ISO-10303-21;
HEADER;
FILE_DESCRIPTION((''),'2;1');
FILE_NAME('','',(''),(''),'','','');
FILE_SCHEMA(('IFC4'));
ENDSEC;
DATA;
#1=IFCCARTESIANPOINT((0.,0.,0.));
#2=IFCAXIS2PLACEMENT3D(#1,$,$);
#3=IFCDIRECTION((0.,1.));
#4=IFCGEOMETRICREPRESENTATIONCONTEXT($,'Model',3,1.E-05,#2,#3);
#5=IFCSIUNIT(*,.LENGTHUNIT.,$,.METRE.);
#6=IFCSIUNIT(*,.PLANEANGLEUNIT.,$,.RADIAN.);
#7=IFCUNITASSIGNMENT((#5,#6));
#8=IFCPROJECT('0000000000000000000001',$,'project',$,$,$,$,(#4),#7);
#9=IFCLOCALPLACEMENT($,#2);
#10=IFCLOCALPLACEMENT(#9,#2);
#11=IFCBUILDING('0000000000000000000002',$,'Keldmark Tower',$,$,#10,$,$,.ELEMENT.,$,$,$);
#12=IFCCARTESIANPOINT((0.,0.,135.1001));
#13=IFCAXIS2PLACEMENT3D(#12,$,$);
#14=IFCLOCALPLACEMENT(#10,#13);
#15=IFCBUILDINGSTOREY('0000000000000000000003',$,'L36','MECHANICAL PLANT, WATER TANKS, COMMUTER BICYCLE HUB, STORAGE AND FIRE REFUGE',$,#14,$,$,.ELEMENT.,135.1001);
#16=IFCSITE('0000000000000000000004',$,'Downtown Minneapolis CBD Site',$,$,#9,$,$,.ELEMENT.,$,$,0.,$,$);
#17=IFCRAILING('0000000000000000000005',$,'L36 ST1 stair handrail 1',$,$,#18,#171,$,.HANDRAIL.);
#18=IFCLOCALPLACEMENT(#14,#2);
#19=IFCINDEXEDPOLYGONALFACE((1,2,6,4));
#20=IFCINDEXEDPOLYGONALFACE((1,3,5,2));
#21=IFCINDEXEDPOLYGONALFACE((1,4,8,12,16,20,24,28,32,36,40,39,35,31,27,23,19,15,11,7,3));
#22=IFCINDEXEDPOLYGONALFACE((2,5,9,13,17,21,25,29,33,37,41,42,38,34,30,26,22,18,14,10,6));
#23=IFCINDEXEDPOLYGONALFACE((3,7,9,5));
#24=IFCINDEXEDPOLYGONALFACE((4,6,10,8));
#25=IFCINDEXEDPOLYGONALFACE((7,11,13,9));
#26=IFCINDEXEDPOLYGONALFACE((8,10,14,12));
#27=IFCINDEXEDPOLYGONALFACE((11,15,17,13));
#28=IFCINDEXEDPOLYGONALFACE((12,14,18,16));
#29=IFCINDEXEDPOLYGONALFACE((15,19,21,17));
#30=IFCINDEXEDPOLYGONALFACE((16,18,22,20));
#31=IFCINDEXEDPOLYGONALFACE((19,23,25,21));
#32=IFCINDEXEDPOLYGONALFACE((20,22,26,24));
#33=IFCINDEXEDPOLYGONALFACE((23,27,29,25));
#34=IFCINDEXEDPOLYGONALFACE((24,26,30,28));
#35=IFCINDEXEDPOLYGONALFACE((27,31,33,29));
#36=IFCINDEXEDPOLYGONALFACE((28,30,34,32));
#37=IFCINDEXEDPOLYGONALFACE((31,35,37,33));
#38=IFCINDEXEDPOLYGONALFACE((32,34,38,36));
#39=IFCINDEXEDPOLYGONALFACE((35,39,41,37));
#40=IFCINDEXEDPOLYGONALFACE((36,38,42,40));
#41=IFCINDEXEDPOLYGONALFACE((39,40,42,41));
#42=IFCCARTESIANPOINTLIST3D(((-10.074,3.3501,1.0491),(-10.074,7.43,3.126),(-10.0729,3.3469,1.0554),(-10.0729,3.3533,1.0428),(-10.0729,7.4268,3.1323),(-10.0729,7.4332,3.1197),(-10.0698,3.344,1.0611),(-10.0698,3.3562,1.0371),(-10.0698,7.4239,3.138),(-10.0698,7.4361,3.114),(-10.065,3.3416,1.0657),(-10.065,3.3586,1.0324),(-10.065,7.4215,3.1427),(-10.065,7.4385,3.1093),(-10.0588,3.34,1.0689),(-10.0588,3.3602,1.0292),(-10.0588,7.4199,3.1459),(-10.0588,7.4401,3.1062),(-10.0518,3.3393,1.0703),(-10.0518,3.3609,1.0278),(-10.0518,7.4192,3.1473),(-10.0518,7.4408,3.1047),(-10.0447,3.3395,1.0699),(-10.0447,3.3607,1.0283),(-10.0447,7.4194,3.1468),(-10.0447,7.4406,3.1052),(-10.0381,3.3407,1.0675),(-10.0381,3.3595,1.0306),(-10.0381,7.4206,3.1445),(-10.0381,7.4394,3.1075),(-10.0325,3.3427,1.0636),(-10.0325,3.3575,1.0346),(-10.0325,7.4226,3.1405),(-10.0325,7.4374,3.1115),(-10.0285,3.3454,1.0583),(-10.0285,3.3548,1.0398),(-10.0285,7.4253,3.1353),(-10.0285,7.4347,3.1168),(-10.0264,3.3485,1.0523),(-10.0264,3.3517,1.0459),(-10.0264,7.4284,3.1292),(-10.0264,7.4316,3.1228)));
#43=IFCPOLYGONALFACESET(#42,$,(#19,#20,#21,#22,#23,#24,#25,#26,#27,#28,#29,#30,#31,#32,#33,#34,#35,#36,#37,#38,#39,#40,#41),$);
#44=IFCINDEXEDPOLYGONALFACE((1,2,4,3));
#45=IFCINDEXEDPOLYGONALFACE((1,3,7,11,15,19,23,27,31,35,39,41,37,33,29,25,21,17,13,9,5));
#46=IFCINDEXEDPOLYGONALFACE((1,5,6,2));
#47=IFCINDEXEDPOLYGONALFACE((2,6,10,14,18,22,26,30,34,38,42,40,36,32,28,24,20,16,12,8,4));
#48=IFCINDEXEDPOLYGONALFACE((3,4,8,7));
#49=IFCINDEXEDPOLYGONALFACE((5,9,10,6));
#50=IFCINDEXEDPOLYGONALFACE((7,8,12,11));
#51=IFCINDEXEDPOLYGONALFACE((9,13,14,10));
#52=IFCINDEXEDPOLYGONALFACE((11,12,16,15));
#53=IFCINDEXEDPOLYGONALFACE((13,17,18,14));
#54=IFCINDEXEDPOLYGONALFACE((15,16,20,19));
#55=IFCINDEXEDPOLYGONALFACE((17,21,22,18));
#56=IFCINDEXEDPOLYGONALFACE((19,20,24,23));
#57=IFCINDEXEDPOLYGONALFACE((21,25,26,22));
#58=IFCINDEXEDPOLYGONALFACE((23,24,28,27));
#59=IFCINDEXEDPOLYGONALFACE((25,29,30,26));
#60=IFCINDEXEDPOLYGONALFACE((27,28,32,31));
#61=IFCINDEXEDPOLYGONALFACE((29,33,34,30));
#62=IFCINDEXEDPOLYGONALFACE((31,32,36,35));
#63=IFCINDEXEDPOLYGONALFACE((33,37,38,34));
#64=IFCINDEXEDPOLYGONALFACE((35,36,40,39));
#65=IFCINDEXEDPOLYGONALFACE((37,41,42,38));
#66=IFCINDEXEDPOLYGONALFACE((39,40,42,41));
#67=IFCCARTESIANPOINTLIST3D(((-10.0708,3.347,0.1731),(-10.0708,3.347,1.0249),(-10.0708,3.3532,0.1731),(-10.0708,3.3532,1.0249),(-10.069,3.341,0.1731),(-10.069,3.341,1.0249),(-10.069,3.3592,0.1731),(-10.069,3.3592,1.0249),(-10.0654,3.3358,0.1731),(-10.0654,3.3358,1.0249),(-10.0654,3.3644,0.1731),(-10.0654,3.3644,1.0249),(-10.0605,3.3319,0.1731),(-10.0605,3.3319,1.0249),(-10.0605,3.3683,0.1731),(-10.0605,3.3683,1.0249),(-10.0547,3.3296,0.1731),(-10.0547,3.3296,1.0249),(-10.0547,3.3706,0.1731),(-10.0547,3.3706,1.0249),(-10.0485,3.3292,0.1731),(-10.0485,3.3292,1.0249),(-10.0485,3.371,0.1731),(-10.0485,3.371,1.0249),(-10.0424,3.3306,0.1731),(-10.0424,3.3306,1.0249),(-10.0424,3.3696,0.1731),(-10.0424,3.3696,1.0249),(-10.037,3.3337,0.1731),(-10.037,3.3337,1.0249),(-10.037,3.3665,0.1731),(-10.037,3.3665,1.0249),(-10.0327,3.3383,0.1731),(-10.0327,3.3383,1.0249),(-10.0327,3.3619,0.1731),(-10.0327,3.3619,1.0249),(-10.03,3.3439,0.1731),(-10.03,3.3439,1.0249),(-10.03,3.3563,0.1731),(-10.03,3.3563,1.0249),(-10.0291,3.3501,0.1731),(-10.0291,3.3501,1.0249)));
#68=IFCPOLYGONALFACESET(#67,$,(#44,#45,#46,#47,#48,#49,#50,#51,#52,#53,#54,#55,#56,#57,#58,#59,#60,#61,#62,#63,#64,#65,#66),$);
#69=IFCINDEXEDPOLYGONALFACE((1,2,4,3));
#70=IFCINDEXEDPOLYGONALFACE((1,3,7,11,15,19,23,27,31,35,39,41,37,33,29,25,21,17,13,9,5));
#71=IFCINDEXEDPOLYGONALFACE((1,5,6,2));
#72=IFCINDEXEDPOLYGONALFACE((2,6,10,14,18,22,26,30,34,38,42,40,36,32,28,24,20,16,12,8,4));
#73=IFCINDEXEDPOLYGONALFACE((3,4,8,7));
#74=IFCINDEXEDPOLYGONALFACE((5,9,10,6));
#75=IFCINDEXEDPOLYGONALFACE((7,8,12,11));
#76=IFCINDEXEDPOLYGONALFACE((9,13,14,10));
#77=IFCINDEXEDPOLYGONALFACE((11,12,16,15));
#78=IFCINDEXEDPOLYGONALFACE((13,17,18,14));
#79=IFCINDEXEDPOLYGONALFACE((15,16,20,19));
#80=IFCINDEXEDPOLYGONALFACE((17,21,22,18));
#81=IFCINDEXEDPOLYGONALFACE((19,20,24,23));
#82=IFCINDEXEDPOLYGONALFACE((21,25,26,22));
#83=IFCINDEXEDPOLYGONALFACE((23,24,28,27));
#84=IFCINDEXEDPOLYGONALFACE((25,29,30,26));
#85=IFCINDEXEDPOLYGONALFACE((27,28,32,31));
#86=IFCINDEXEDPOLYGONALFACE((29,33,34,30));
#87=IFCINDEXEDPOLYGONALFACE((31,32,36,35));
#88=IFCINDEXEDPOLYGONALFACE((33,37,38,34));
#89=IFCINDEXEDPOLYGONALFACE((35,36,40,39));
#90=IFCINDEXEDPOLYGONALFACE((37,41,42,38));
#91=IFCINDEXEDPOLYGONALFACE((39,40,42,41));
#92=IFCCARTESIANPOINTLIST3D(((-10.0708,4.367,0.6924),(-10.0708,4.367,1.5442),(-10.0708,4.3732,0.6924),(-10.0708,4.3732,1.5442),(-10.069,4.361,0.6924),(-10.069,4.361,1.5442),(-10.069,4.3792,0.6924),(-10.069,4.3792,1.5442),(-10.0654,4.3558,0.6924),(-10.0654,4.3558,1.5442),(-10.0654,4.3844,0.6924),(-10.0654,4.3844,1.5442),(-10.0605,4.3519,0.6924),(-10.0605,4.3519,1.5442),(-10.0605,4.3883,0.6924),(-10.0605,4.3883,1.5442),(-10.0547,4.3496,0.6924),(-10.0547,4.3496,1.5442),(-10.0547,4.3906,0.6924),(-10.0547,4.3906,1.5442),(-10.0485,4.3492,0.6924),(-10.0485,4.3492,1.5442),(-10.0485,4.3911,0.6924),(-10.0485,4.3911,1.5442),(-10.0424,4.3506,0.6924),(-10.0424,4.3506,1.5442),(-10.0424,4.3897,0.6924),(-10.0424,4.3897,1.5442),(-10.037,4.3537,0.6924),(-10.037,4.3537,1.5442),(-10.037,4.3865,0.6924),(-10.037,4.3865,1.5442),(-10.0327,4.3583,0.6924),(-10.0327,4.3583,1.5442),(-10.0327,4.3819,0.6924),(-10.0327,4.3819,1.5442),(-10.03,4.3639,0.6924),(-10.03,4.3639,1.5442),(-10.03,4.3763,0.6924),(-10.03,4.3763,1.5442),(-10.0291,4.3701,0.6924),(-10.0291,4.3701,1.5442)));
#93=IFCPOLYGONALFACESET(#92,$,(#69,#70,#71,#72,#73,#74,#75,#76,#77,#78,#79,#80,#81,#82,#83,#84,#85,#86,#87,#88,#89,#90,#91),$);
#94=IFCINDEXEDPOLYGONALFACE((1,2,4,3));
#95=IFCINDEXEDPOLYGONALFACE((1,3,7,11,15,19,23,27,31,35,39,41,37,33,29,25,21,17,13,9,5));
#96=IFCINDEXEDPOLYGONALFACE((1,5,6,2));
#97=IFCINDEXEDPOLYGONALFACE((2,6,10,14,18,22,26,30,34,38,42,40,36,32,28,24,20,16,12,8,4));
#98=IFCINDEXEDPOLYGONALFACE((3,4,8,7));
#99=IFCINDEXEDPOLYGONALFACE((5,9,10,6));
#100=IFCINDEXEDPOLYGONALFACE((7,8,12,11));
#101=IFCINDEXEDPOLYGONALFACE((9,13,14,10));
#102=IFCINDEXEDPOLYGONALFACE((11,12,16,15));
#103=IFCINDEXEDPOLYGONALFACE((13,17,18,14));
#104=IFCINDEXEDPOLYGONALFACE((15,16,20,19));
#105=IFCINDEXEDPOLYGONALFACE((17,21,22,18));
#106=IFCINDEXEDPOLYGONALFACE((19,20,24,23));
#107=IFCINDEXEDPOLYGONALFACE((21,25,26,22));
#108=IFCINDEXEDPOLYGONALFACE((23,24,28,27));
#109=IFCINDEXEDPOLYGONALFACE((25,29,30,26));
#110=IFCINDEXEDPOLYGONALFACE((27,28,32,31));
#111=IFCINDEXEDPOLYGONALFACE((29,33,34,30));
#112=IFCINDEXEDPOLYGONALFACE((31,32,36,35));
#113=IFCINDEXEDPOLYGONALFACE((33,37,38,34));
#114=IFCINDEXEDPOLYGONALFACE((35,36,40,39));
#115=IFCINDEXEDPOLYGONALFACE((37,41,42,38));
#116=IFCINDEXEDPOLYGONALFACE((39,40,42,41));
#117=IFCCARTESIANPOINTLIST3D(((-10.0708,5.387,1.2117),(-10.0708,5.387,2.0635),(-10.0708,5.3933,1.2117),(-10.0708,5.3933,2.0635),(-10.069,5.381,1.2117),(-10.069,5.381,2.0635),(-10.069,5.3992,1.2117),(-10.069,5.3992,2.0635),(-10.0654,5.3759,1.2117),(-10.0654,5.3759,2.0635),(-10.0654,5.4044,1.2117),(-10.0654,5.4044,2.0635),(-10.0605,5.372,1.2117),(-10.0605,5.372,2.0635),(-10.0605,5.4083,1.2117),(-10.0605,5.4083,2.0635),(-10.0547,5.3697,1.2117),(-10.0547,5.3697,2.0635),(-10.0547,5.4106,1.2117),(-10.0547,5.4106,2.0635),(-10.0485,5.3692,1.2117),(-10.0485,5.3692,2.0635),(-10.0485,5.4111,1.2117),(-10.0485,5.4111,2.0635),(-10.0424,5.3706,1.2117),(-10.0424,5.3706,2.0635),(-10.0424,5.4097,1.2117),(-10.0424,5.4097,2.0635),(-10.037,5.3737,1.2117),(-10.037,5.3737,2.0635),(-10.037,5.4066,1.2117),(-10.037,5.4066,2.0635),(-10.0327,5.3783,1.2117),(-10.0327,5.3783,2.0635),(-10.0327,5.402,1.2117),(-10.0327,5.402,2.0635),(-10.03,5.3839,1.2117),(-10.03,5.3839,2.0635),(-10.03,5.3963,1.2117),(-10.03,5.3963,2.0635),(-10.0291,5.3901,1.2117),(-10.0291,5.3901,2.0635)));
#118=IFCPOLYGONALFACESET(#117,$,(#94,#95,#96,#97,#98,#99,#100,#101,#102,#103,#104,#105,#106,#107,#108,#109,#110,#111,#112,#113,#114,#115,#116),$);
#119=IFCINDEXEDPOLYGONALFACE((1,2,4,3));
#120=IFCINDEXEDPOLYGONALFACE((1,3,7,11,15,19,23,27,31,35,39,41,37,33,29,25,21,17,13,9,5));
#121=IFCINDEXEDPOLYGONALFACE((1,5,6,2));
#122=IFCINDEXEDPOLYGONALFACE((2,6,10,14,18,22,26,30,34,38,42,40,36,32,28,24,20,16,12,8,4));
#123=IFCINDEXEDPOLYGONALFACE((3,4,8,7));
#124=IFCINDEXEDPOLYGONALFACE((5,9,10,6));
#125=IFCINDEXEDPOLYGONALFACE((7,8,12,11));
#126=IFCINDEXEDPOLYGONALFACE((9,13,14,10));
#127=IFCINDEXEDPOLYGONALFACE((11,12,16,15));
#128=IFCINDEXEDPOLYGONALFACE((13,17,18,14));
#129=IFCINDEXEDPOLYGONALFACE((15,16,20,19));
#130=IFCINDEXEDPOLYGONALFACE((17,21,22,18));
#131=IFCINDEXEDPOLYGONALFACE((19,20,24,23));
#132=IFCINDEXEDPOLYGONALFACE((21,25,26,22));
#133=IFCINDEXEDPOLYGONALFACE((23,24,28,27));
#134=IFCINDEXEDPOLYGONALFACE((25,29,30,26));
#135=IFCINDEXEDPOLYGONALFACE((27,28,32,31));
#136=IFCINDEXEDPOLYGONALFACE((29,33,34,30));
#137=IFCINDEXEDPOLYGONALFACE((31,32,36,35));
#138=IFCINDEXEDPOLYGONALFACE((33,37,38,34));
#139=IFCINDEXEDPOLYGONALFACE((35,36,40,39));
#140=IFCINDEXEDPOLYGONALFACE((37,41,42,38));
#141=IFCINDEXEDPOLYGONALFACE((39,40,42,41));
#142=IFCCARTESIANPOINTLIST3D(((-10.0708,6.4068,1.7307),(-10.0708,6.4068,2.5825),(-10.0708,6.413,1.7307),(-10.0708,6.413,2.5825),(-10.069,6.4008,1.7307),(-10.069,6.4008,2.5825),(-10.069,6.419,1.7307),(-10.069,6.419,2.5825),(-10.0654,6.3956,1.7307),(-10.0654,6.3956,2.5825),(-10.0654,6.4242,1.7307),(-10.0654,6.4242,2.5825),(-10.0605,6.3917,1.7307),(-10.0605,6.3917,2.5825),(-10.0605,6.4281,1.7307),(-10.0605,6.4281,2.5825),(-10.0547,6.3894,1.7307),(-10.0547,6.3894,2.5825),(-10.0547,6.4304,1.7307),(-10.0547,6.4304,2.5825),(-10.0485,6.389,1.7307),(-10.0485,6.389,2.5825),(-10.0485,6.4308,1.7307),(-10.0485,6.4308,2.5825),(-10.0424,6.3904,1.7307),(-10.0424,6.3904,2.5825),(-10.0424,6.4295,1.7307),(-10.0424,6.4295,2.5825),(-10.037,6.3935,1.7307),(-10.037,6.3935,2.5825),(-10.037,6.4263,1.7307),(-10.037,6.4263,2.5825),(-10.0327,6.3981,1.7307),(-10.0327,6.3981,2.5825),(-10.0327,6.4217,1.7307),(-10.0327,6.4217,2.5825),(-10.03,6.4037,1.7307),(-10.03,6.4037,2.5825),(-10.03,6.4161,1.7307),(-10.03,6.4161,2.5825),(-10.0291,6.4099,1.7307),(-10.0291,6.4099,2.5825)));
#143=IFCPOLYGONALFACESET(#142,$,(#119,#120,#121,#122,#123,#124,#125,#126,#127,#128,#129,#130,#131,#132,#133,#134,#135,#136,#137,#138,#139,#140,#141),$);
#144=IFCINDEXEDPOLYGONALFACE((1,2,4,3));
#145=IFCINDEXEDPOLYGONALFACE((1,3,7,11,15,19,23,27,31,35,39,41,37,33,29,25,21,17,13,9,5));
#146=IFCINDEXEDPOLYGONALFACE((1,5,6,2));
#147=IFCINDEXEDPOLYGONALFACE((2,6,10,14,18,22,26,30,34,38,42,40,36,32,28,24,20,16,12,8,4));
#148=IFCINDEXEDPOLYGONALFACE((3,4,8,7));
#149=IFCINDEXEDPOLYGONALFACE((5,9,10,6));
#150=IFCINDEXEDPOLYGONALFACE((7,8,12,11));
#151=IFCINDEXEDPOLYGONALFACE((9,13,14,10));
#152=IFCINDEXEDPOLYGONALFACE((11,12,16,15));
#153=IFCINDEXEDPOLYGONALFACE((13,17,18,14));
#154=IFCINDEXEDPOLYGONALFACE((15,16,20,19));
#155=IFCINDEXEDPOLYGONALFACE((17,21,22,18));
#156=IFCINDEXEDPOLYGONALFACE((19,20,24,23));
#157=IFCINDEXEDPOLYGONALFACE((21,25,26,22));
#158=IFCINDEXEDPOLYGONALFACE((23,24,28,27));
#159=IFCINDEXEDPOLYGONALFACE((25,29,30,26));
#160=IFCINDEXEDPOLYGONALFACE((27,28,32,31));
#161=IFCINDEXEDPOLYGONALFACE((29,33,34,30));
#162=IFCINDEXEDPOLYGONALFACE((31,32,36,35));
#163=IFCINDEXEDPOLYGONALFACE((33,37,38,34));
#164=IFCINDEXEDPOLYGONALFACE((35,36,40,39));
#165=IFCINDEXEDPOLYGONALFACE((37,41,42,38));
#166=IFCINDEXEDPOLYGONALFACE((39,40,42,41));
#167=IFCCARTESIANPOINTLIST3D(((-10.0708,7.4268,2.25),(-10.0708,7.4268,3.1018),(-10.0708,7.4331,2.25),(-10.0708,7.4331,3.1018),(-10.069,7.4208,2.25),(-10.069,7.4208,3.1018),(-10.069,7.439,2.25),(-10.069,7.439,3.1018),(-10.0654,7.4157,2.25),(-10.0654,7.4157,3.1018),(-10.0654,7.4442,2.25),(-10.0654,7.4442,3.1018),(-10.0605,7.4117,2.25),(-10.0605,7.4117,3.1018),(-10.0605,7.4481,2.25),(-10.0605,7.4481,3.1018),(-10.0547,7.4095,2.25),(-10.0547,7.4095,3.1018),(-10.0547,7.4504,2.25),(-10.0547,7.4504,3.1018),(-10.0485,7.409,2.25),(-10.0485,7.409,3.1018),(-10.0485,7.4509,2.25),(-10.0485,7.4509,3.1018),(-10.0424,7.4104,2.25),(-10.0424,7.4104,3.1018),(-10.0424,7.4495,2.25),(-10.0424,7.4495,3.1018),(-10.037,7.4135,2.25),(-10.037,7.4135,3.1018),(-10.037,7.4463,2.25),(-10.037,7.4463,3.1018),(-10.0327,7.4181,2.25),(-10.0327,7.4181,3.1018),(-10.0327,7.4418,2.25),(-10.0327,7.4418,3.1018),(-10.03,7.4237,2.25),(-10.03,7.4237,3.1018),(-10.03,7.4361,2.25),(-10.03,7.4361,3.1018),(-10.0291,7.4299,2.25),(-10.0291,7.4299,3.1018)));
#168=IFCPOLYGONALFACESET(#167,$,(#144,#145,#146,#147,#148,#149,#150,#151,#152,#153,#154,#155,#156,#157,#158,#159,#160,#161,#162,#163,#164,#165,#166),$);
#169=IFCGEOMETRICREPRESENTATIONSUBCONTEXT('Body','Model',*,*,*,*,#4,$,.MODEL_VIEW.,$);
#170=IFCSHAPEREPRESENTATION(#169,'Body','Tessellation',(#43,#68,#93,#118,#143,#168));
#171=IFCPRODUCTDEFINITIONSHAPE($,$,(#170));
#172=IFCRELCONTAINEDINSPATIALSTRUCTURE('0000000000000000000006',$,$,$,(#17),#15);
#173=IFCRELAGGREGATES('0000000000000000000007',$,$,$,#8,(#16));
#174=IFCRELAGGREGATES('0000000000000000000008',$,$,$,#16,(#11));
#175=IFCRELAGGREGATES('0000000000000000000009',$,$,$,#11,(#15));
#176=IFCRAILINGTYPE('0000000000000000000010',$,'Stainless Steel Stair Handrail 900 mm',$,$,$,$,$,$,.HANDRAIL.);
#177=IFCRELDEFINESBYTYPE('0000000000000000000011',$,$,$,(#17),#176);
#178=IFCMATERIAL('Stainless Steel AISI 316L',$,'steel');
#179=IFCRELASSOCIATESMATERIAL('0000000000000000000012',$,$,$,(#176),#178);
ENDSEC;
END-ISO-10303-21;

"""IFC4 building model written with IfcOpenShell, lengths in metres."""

from ifc_helpers import new_model, si_unit, direction, frame, origin, origin_2d, place, context, subcontext, project, spatial, circle, extrude, material, type_object, element, save


model = new_model("IFC4")

# Units and contexts
model_context = context("Model", 3, precision=1e-05, world=origin(), true_north=direction((0.0, 1.0)))
body_context = subcontext(model_context, "Body", "Model", "MODEL_VIEW")
ifc_project = project(units=[si_unit("LENGTHUNIT", "METRE"), si_unit("PLANEANGLEUNIT", "RADIAN")], contexts=[model_context])

# Site, building, storey
site_placement = place(None, origin())
site = spatial("IfcSite", under=ifc_project, at=site_placement, Name="Downtown Minneapolis CBD Site", CompositionType="ELEMENT", RefElevation=0.0)
building_placement = place(site_placement, origin())
building = spatial("IfcBuilding", under=site, at=building_placement, Name="Keldmark Tower", CompositionType="ELEMENT")
storey_placement = place(building_placement, frame((0.0, 0.0, 135.1001)))
storey = spatial("IfcBuildingStorey", under=building, at=storey_placement, Name="L36", Description="MECHANICAL PLANT, WATER TANKS, COMMUTER BICYCLE HUB, STORAGE AND FIRE REFUGE", CompositionType="ELEMENT", Elevation=135.1001)

# Railing
ifc_material_1 = material(Name="Stainless Steel AISI 316L", Category="steel")
railing_type_1 = type_object("IfcRailingType", Name="Stainless Steel Stair Handrail 900 mm", PredefinedType="HANDRAIL", material=ifc_material_1)
railing_1_placement = place(storey_placement, frame((-10.05, 3.3501, 0.1731)))
element("IfcRailing", 1, at=railing_1_placement, inside=storey, type_object=railing_type_1, Name="L36 ST1 stair handrail 1", PredefinedType="HANDRAIL", context=body_context, shape_type="SweptSolid", body=[
    extrude(circle(Radius=0.0239, at=origin_2d()), frame((0.0, 0.0, 0.876), z_axis=(0.0, 0.891172, 0.453665), x_axis=(-1.0, 0.0, 0.0)), (0.0, 0.0, 1.0), 4.5781),
    extrude(circle(Radius=0.021, at=origin_2d()), origin(), (0.0, 0.0, 1.0), 0.8518),
    extrude(circle(Radius=0.021, at=origin_2d()), frame((0.0, 1.02, 0.5193)), (0.0, 0.0, 1.0), 0.8518),
    extrude(circle(Radius=0.021, at=origin_2d()), frame((0.0, 2.04, 1.0386)), (0.0, 0.0, 1.0), 0.8518),
    extrude(circle(Radius=0.021, at=origin_2d()), frame((0.0, 3.0598, 1.5576)), (0.0, 0.0, 1.0), 0.8518),
    extrude(circle(Radius=0.021, at=origin_2d()), frame((0.0, 4.0798, 2.0769)), (0.0, 0.0, 1.0), 0.8518),
])

save(model, "model.ifc")
